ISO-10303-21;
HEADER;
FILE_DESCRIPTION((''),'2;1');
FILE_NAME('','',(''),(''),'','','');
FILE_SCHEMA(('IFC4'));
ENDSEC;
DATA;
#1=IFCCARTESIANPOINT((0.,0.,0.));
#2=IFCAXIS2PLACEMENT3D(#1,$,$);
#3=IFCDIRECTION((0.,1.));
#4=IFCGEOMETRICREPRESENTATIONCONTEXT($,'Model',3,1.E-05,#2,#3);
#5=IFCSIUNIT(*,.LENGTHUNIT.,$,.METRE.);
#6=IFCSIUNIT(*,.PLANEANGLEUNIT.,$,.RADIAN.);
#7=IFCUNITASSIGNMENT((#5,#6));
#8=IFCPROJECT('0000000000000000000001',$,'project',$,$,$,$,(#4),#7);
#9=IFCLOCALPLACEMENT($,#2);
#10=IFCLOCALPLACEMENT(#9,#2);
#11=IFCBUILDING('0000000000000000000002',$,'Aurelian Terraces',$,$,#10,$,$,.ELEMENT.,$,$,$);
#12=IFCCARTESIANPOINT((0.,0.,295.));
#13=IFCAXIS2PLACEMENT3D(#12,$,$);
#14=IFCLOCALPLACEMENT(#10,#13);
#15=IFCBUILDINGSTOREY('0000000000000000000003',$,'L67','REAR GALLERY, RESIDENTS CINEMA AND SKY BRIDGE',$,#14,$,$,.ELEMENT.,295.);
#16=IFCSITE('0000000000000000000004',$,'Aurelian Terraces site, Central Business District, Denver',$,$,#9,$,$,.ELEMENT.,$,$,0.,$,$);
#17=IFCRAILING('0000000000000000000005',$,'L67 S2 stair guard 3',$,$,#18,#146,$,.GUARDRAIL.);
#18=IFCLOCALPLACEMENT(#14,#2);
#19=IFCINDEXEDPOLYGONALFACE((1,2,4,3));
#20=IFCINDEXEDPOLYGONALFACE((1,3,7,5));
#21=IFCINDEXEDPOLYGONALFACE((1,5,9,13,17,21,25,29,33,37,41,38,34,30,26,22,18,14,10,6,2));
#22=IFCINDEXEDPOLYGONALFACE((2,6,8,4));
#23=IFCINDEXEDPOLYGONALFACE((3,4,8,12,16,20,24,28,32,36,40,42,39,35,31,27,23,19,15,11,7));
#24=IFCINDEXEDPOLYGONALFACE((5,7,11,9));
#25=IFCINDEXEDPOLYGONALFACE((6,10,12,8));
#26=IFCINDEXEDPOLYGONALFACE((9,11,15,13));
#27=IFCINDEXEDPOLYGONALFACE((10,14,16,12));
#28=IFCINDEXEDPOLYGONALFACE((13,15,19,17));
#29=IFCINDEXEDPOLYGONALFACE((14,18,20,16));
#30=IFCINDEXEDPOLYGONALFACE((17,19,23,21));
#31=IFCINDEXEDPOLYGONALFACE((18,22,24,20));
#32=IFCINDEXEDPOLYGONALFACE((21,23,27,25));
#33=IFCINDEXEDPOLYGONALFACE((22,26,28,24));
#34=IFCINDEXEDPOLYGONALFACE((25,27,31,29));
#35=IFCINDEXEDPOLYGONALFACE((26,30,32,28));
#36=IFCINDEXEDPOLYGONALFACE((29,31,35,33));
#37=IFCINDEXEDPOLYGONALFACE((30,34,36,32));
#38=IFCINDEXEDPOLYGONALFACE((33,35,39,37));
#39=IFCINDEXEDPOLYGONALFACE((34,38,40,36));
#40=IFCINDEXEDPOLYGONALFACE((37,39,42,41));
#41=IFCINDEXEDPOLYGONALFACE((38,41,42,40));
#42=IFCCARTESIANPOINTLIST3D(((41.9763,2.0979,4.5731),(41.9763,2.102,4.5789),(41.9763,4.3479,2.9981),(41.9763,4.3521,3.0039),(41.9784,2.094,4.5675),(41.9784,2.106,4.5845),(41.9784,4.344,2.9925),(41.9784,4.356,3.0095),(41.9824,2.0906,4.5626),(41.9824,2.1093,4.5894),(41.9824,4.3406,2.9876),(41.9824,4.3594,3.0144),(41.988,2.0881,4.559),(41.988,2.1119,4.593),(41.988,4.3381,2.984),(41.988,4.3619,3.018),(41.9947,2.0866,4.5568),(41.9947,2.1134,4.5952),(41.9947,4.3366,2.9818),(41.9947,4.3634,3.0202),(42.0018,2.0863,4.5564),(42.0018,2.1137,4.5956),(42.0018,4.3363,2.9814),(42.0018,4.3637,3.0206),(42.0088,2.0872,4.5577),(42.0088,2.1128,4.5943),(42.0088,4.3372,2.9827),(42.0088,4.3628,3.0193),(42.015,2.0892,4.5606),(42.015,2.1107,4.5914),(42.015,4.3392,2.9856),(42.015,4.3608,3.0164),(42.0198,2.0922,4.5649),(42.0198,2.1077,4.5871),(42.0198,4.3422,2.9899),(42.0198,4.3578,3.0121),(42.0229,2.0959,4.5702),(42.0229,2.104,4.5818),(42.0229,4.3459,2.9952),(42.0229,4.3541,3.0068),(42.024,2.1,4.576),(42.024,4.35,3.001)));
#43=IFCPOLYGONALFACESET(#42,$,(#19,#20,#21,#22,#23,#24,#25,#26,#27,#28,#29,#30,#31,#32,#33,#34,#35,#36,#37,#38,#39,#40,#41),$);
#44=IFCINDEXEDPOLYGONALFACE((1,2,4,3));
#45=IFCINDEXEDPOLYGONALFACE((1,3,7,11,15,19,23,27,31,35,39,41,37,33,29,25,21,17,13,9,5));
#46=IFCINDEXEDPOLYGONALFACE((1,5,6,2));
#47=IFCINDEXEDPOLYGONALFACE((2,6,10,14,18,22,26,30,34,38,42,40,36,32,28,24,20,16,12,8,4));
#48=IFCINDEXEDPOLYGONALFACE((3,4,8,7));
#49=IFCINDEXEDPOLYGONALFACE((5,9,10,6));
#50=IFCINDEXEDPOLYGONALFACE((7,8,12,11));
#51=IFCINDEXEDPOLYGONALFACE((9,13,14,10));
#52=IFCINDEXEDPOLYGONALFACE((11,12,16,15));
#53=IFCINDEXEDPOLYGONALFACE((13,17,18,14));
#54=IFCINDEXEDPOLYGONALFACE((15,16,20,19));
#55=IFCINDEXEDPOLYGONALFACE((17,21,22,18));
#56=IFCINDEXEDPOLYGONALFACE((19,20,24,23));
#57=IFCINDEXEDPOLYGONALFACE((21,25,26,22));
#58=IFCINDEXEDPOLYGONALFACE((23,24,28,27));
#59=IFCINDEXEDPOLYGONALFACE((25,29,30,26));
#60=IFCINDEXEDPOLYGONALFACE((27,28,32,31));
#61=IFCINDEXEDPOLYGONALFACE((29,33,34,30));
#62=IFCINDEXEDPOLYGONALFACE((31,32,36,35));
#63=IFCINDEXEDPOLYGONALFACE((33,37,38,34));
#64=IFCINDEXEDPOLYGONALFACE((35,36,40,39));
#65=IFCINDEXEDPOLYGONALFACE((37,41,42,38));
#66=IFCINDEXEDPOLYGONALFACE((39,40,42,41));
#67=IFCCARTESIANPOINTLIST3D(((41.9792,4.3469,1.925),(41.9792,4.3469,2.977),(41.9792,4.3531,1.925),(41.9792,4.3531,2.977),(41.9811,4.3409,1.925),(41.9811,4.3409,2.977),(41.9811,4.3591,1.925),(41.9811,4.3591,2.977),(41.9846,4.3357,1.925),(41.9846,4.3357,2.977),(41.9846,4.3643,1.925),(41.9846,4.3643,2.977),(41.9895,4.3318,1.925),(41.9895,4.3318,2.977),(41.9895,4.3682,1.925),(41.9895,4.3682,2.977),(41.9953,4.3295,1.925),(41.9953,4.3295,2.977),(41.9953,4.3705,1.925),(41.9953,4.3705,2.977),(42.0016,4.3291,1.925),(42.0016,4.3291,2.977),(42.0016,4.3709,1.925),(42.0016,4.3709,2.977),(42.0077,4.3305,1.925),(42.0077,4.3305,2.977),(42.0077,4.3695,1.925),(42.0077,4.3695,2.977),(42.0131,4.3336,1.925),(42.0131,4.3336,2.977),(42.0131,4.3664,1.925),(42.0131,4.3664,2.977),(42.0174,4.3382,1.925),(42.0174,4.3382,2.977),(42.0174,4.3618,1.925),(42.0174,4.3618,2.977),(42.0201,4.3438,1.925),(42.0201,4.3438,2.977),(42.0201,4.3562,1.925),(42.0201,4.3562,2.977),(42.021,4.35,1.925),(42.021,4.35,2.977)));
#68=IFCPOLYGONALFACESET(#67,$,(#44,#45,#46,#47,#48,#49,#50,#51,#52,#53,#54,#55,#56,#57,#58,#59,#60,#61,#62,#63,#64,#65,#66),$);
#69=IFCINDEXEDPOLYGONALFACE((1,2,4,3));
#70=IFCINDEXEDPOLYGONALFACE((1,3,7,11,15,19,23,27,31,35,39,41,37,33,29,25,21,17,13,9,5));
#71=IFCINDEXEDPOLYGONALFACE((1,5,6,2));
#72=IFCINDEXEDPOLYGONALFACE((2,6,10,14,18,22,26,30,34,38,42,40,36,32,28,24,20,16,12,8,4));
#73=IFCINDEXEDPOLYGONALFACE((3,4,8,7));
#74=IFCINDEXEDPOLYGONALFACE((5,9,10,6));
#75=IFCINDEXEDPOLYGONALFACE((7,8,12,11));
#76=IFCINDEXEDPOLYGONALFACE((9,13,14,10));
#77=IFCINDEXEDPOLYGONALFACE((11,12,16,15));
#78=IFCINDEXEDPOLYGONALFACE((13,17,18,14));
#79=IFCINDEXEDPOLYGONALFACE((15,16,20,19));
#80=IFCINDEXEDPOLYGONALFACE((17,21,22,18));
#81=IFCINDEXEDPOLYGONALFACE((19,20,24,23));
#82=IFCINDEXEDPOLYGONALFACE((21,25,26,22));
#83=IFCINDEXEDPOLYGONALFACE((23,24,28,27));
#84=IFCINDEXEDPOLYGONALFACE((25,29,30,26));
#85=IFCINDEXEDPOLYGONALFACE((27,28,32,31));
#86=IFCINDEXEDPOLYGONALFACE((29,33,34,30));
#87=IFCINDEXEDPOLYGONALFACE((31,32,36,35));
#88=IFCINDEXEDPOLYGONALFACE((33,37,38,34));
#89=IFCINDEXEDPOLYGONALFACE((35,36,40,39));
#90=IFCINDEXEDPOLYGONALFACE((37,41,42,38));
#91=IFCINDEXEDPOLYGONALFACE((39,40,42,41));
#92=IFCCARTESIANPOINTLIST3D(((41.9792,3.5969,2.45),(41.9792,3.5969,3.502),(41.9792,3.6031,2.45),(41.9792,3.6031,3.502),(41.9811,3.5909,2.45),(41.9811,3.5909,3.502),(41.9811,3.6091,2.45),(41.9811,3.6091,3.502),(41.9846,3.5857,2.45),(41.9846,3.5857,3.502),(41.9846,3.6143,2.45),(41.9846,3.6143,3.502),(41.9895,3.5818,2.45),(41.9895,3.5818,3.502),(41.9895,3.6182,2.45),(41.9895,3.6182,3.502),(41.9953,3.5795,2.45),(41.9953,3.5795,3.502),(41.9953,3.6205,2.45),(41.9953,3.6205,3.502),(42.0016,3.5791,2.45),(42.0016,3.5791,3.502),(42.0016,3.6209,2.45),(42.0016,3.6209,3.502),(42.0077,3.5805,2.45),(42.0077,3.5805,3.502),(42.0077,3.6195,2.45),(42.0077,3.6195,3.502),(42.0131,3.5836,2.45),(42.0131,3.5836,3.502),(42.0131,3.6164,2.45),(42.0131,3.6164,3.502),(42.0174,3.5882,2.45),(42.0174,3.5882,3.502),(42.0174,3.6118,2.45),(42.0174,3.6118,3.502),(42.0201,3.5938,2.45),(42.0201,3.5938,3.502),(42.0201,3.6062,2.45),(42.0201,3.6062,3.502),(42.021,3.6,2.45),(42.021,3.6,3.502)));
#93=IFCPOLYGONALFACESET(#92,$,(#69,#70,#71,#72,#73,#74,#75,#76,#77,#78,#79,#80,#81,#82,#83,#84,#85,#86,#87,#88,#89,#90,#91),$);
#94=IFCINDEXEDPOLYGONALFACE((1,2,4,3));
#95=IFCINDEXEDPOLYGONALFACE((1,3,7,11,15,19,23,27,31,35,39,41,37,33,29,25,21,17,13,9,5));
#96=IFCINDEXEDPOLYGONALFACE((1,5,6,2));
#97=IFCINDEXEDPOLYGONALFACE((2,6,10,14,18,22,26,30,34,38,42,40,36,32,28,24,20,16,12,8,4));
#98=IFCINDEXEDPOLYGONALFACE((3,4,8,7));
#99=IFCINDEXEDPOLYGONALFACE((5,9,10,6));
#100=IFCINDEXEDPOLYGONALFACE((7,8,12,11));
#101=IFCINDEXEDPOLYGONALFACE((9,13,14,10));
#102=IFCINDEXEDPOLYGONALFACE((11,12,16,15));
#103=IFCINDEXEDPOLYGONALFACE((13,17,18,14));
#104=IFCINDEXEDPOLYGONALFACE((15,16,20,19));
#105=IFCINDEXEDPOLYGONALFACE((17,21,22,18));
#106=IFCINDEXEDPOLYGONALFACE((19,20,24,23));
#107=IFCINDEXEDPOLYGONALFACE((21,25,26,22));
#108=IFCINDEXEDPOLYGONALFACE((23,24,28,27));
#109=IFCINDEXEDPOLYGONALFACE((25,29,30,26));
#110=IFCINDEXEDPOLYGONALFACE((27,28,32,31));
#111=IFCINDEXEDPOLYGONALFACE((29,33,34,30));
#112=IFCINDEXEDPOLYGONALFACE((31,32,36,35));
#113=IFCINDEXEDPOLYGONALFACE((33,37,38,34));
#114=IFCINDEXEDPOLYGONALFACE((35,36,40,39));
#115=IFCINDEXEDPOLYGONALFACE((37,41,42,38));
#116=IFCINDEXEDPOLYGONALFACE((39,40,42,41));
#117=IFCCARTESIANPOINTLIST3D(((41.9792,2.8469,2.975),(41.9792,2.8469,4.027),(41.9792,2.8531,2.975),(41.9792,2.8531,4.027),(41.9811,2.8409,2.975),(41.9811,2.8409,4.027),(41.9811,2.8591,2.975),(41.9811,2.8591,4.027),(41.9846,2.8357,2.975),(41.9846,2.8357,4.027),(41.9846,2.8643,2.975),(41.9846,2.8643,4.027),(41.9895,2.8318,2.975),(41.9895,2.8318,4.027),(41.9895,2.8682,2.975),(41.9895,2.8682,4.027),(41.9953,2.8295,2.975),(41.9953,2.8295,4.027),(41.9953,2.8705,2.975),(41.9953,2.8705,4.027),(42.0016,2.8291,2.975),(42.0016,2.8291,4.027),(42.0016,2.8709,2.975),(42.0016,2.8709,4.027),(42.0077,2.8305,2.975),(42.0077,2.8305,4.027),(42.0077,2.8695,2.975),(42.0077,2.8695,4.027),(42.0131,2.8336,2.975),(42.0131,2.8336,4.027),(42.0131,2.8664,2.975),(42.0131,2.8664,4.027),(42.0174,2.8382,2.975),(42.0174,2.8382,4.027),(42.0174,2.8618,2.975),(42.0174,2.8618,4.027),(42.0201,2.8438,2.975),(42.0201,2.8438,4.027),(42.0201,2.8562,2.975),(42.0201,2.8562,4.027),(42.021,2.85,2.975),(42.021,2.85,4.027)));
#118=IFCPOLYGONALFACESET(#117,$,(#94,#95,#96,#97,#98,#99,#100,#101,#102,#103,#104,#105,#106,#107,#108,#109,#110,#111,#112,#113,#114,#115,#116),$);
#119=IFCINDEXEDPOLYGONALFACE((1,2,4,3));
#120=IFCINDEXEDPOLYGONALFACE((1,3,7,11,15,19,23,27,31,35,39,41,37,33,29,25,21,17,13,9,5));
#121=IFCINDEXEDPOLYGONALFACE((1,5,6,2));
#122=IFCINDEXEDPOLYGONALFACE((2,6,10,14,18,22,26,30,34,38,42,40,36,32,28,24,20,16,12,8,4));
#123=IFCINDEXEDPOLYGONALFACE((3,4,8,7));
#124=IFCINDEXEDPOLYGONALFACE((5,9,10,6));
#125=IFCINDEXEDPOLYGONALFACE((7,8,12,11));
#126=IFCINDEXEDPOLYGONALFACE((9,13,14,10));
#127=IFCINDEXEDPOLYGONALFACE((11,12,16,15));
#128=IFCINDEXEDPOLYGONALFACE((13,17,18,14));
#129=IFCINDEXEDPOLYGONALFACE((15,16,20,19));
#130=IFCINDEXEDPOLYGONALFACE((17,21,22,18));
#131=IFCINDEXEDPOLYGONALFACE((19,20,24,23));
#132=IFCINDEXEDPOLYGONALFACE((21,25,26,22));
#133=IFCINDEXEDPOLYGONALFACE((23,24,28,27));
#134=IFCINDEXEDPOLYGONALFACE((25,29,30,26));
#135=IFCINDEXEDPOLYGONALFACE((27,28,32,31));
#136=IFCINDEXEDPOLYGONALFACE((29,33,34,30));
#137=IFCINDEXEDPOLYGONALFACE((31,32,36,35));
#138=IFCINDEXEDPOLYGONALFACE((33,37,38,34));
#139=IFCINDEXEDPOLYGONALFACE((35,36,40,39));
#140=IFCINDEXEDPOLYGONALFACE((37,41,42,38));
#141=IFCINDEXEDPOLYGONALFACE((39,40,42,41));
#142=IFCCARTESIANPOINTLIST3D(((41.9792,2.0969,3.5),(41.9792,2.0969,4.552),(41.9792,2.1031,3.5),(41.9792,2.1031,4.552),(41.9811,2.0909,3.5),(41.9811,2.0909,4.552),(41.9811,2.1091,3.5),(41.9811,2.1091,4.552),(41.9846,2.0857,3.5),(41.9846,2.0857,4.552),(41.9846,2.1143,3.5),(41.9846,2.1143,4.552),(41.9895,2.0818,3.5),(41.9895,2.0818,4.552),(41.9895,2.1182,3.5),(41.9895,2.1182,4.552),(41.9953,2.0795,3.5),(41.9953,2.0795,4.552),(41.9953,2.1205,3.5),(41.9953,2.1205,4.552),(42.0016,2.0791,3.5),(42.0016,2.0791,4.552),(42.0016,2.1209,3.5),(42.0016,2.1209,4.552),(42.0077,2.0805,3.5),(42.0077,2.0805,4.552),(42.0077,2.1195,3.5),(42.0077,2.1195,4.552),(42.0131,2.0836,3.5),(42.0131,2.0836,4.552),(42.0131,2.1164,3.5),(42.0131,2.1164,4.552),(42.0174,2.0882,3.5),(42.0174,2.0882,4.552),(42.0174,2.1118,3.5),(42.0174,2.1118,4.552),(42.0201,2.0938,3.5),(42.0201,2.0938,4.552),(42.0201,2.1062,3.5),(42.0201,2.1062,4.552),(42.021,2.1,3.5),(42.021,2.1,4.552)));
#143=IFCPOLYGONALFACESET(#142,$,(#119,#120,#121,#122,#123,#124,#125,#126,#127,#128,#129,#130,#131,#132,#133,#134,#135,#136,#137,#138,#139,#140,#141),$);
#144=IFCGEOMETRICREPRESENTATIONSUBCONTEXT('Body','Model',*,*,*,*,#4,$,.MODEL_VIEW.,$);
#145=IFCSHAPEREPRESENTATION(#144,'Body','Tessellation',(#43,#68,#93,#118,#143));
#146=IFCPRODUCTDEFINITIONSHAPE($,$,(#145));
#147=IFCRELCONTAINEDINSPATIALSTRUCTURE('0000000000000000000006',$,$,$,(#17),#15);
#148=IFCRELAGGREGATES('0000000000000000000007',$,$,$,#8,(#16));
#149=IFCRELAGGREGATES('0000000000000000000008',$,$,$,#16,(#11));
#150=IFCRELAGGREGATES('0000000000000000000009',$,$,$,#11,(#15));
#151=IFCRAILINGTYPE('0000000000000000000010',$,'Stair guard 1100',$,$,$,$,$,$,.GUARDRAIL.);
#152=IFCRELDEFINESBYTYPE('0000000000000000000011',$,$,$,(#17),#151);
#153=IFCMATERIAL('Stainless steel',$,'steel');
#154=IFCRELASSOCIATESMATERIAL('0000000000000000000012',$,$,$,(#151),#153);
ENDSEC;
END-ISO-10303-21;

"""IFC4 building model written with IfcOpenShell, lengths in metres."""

from ifc_helpers import new_model, si_unit, direction, frame, origin, origin_2d, place, context, subcontext, project, spatial, circle, extrude, source, transform, mapped, material, type_object, element, save


model = new_model("IFC4")

# Units and contexts
model_context = context("Model", 3, precision=1e-05, world=origin(), true_north=direction((0.0, 1.0)))
body_context = subcontext(model_context, "Body", "Model", "MODEL_VIEW")
ifc_project = project(units=[si_unit("LENGTHUNIT", "METRE"), si_unit("PLANEANGLEUNIT", "RADIAN")], contexts=[model_context])

# Site, building, storey
site_placement = place(None, origin())
site = spatial("IfcSite", under=ifc_project, at=site_placement, Name="Aurelian Terraces site, Central Business District, Denver", CompositionType="ELEMENT", RefElevation=0.0)
building_placement = place(site_placement, origin())
building = spatial("IfcBuilding", under=site, at=building_placement, Name="Aurelian Terraces", CompositionType="ELEMENT")
storey_placement = place(building_placement, frame((0.0, 0.0, 295.0)))
storey = spatial("IfcBuildingStorey", under=building, at=storey_placement, Name="L67", Description="REAR GALLERY, RESIDENTS CINEMA AND SKY BRIDGE", CompositionType="ELEMENT", Elevation=295.0)

# Railing
ifc_material_1 = material(Name="Stainless steel", Category="steel")
railing_type_1 = type_object("IfcRailingType", Name="Stair guard 1100", PredefinedType="GUARDRAIL", material=ifc_material_1)
shared_shape_1 = source(origin(), body_context, "Body", "SweptSolid", [
    extrude(circle(Radius=0.024, at=origin_2d()), frame((0.0, 0.0, 1.076), z_axis=(0.0, -0.819232, 0.573462), x_axis=(1.0, 0.0, 0.0)), (0.0, 0.0, 1.0), 2.7465),
    extrude(circle(Radius=0.021, at=origin_2d()), origin(), (0.0, 0.0, 1.0), 1.052),
    extrude(circle(Radius=0.021, at=origin_2d()), frame((0.0, -0.75, 0.525)), (0.0, 0.0, 1.0), 1.052),
    extrude(circle(Radius=0.021, at=origin_2d()), frame((0.0, -1.5, 1.05)), (0.0, 0.0, 1.0), 1.052),
    extrude(circle(Radius=0.021, at=origin_2d()), frame((0.0, -2.25, 1.575)), (0.0, 0.0, 1.0), 1.052),
])
railing_1_placement = place(storey_placement, frame((42.0, 4.35, 1.925)))
element("IfcRailing", 1, at=railing_1_placement, inside=storey, type_object=railing_type_1, Name="L67 S2 stair guard 3", PredefinedType="GUARDRAIL", context=body_context, shape_type="MappedRepresentation", body=[
    mapped(shared_shape_1, transform((0.0, 0.0, 0.0), scale=1.0)),
])

save(model, "model.ifc")
